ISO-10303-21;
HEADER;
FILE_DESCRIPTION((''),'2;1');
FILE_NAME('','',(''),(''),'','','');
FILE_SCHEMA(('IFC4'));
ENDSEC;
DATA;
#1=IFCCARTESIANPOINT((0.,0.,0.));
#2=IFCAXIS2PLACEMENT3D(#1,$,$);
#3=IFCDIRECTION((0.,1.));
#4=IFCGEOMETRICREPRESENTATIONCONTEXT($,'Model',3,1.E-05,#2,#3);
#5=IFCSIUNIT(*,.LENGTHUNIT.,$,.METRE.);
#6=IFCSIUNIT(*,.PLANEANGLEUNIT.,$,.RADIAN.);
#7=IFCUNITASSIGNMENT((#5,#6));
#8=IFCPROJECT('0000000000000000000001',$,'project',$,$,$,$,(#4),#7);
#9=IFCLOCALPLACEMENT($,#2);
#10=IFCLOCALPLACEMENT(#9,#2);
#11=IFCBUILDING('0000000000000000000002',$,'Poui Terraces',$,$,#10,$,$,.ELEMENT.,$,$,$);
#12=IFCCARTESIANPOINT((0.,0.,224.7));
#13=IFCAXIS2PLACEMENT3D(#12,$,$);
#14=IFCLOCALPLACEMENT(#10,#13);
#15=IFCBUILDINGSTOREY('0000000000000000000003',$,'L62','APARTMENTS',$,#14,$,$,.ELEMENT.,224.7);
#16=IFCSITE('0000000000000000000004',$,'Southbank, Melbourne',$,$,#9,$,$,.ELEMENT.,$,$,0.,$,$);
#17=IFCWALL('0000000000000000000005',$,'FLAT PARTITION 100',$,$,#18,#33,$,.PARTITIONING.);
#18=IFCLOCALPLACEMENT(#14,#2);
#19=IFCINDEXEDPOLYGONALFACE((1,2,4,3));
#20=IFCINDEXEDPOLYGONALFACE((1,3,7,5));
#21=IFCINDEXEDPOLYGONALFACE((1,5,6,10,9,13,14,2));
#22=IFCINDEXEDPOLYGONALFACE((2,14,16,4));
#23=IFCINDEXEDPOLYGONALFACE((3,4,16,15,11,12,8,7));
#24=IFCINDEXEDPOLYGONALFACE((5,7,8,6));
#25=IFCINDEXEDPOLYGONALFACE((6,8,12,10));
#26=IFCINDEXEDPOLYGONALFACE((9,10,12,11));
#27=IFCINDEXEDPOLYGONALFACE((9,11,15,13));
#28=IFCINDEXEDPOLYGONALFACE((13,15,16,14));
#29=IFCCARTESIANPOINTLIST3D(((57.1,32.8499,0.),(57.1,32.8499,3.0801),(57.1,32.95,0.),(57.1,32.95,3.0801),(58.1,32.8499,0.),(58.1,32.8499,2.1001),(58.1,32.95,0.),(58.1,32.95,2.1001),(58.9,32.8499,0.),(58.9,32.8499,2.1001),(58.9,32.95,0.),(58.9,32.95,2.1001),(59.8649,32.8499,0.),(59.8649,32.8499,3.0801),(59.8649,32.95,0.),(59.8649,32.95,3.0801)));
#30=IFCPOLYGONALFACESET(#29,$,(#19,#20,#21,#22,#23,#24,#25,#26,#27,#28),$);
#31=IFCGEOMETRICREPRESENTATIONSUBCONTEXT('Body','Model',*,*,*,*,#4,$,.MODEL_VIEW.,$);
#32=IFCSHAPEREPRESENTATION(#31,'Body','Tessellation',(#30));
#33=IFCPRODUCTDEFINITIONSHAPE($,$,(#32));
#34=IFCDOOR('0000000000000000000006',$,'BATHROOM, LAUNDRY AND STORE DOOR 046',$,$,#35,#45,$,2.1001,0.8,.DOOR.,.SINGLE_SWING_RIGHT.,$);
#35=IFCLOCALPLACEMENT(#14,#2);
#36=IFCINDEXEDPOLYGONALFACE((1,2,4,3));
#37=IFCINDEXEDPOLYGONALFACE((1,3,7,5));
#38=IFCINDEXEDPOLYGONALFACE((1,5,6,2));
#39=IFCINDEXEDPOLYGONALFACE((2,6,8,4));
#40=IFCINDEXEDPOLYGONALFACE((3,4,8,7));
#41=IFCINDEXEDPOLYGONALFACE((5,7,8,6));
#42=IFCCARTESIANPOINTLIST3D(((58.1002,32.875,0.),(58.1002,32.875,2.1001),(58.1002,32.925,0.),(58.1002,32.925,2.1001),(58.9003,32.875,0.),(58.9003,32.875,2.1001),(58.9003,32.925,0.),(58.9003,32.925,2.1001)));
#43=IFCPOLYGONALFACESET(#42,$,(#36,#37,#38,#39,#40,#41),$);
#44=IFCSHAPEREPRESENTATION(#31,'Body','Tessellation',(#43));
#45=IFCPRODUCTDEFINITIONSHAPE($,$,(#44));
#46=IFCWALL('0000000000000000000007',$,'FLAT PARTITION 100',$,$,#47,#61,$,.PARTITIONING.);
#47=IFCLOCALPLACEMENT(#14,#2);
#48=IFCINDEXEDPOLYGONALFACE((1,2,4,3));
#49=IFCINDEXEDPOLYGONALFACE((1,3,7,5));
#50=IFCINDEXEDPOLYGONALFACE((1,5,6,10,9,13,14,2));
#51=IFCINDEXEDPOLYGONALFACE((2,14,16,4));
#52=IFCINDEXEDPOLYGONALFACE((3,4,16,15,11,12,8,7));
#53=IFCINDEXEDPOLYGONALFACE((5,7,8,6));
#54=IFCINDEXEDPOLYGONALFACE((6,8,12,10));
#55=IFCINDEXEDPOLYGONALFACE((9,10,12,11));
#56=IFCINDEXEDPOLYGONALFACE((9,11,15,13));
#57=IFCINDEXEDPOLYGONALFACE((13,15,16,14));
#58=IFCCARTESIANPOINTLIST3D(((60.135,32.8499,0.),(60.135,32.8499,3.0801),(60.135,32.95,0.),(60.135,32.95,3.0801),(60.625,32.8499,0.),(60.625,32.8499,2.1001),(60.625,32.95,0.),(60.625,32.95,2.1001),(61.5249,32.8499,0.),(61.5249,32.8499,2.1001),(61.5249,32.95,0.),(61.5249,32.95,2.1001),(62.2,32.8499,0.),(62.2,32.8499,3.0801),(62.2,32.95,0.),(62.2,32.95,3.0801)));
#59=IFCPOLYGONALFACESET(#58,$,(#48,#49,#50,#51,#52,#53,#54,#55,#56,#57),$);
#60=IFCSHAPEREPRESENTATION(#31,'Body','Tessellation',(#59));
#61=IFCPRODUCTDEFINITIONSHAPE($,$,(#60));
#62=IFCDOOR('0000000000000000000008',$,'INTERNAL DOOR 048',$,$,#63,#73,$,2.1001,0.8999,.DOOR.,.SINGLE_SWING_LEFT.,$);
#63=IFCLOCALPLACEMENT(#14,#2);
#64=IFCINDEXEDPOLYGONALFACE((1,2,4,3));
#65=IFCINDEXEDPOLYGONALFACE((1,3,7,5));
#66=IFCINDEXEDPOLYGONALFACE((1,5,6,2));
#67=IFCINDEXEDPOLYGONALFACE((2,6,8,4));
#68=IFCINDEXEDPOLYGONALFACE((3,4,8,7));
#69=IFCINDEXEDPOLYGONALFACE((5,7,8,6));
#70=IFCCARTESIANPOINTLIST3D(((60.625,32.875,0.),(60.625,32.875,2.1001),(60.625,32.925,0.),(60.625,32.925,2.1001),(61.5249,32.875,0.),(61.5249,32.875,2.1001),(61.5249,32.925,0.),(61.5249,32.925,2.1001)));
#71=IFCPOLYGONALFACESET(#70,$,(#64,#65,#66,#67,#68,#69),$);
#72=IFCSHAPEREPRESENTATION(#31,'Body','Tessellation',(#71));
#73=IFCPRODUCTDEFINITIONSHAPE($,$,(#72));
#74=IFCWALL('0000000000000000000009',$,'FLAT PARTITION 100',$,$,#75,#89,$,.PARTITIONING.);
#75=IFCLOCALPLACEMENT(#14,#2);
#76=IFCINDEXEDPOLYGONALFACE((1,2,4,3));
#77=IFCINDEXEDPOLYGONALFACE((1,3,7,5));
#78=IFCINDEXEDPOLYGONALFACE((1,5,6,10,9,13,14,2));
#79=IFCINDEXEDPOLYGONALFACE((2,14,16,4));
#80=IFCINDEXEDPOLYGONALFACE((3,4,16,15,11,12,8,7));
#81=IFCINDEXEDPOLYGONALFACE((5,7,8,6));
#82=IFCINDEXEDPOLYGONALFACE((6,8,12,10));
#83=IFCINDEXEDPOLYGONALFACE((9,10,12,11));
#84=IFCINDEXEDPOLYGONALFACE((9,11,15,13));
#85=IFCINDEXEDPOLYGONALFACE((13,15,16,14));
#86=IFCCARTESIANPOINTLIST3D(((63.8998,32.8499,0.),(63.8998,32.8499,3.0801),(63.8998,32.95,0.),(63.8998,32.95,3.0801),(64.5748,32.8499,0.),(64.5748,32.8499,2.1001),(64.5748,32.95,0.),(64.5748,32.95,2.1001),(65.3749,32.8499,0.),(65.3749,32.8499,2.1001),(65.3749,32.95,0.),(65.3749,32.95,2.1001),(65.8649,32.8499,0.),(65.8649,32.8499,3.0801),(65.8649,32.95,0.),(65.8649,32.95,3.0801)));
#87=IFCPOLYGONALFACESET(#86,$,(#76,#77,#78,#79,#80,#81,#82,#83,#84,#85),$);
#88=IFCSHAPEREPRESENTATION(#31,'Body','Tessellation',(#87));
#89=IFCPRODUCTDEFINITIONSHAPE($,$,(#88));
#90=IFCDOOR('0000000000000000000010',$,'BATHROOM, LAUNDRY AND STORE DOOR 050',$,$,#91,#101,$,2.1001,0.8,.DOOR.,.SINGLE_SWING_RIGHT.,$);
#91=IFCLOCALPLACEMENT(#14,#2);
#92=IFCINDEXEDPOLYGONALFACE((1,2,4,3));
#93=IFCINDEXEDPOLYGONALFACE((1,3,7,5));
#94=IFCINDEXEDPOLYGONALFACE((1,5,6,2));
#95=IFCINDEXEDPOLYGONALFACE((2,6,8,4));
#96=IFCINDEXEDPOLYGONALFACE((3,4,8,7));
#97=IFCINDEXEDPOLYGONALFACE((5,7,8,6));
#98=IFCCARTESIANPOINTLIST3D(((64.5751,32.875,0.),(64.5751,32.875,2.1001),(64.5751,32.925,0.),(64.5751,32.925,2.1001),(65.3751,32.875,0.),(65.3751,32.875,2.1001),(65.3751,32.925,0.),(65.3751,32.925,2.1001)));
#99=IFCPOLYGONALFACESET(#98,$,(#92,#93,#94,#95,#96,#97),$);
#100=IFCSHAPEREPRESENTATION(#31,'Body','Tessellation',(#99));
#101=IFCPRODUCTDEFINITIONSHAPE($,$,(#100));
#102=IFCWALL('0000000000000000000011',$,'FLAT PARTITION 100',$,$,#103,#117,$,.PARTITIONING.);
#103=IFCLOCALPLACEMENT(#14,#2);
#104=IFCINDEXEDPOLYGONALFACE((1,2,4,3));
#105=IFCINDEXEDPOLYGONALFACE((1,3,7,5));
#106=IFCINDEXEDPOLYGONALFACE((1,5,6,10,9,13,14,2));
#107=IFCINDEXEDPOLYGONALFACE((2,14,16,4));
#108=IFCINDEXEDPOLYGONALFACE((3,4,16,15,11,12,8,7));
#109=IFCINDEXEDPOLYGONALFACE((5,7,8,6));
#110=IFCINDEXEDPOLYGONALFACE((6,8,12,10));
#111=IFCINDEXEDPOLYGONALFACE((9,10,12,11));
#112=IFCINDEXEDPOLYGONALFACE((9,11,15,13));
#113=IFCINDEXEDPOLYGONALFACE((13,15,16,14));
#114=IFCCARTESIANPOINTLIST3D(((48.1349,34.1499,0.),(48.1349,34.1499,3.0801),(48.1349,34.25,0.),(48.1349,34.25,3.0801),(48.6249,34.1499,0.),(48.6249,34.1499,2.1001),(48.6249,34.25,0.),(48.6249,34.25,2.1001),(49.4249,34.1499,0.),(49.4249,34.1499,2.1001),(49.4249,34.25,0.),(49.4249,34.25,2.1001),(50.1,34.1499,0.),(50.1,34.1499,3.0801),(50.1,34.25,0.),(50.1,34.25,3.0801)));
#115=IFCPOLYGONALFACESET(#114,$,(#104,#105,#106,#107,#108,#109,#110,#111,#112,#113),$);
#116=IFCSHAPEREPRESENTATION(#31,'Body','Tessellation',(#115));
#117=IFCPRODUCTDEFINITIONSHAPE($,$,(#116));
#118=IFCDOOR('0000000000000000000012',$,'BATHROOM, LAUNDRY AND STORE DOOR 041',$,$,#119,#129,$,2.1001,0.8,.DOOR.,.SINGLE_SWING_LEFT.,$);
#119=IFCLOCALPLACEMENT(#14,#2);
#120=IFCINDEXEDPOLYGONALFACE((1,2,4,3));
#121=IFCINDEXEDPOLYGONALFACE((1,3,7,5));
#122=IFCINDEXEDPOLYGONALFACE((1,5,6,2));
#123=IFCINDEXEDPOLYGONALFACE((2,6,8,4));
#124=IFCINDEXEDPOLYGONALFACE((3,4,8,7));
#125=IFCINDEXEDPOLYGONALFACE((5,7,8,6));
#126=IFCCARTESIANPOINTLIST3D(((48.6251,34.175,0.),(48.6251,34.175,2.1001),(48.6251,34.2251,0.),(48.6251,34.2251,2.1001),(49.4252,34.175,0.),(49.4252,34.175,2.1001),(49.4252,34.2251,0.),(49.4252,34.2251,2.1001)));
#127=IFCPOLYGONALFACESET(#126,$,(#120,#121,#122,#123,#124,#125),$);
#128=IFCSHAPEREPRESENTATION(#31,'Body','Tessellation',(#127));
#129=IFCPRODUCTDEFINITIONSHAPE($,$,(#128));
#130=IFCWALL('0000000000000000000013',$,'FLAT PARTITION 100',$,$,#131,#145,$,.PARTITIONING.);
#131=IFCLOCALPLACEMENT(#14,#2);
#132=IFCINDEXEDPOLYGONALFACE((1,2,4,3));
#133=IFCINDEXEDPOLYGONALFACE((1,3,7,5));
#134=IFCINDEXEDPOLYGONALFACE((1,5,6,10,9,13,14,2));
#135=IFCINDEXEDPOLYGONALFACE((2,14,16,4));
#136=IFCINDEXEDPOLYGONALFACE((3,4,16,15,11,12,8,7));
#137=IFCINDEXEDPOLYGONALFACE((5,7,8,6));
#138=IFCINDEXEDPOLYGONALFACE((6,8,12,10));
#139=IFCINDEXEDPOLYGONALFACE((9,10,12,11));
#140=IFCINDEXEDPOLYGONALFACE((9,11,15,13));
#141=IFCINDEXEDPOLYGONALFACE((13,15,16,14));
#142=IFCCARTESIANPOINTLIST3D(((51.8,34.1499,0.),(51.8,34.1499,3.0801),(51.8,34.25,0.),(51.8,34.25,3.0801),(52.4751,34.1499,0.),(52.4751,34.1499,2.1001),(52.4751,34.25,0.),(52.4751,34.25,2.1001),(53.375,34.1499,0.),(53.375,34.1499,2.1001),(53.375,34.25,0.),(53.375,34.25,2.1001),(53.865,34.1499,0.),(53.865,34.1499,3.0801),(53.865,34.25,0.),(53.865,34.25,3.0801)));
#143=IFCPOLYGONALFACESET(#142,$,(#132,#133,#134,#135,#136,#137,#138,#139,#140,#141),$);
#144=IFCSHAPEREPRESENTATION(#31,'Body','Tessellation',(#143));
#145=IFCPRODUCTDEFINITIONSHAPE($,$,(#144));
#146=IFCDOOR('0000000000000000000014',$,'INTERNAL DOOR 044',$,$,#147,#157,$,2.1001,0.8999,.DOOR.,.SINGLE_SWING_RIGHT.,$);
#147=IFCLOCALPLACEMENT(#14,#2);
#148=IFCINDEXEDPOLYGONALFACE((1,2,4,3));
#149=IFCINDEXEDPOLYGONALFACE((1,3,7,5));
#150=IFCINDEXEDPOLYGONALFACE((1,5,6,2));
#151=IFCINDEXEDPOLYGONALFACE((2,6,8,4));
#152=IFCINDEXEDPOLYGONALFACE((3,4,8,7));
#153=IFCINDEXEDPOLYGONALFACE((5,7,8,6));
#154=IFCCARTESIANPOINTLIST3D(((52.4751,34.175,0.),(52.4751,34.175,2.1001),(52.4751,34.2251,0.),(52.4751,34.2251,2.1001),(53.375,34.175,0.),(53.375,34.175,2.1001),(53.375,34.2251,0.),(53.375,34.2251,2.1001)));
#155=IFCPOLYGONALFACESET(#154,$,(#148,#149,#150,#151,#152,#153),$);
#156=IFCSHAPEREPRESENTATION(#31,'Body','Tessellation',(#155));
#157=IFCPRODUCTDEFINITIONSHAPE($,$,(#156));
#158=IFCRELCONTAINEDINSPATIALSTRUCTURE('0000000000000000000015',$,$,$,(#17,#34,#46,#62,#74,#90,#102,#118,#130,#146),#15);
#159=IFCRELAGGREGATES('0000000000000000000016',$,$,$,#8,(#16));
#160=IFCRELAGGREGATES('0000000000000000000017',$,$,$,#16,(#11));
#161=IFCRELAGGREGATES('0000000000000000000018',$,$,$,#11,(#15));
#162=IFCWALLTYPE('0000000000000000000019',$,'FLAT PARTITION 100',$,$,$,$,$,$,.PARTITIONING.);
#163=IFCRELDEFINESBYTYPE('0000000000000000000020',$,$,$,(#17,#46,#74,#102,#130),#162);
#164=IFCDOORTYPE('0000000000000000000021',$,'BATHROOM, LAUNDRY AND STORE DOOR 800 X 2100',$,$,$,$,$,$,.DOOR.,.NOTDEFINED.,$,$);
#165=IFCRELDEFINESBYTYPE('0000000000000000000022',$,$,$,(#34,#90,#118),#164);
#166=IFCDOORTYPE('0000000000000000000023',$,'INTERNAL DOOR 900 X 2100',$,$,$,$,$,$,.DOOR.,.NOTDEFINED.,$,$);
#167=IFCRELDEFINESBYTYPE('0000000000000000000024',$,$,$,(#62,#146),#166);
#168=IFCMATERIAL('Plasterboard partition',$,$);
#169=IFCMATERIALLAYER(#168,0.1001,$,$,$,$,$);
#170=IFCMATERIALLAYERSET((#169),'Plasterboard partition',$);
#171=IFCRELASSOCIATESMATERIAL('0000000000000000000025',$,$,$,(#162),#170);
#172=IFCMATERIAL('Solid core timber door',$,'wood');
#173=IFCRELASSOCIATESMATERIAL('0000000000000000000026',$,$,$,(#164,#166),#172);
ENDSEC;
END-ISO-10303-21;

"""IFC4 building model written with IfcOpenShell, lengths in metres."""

from ifc_helpers import new_model, si_unit, direction, frame, frame_2d, origin, place, context, subcontext, project, spatial, rectangle, extrude, material, layer, layer_set, type_object, element, fill, save


model = new_model("IFC4")

# Units and contexts
model_context = context("Model", 3, precision=1e-05, world=origin(), true_north=direction((0.0, 1.0)))
body_context = subcontext(model_context, "Body", "Model", "MODEL_VIEW")
ifc_project = project(units=[si_unit("LENGTHUNIT", "METRE"), si_unit("PLANEANGLEUNIT", "RADIAN")], contexts=[model_context])

# Site, building, storey
site_placement = place(None, origin())
site = spatial("IfcSite", under=ifc_project, at=site_placement, Name="Southbank, Melbourne", CompositionType="ELEMENT", RefElevation=0.0)
building_placement = place(site_placement, origin())
building = spatial("IfcBuilding", under=site, at=building_placement, Name="Poui Terraces", CompositionType="ELEMENT")
storey_placement = place(building_placement, frame((0.0, 0.0, 224.7)))
storey = spatial("IfcBuildingStorey", under=building, at=storey_placement, Name="L62", Description="APARTMENTS", CompositionType="ELEMENT", Elevation=224.7)

# Walls, openings, doors
ifc_material_1 = material(Name="Plasterboard partition")
ifc_layer_1 = layer(ifc_material_1, 0.1001)
ifc_layer_set_1 = layer_set([ifc_layer_1], Name="Plasterboard partition")
wall_type_1 = type_object("IfcWallType", Name="FLAT PARTITION 100", PredefinedType="PARTITIONING", material=ifc_layer_set_1)
wall_1_placement = place(storey_placement, frame((57.1001, 32.8999, 0.0), z_axis=(0.0, 0.0, 1.0), x_axis=(1.0, 0.0, 0.0)))
wall_1 = element("IfcWall", 1, at=wall_1_placement, inside=storey, type_object=wall_type_1, Name="FLAT PARTITION 100", PredefinedType="PARTITIONING", context=body_context, shape_type="SweptSolid", body=[
    extrude(rectangle(XDim=2.7649, YDim=0.1001, at=frame_2d((1.3823, 0.0))), origin(), (0.0, 0.0, 1.0), 3.0801),
])
opening_1_placement = place(wall_1_placement, frame((1.0, 0.0, 0.0)))
opening_1 = element("IfcOpeningElement", 2, at=opening_1_placement, cuts=wall_1, PredefinedType="OPENING", context=body_context, shape_type="SweptSolid", body=[
    extrude(rectangle(XDim=0.8, YDim=2.1001, at=frame_2d((0.3999, 1.05))), frame((0.0, 0.0601, 0.0), z_axis=(0.0, -1.0, 0.0), x_axis=(1.0, 0.0, 0.0)), (0.0, 0.0, 1.0), 0.1201),
])
ifc_material_2 = material(Name="Solid core timber door", Category="wood")
door_type_1 = type_object("IfcDoorType", Name="BATHROOM, LAUNDRY AND STORE DOOR 800 X 2100", OperationType="NOTDEFINED", PredefinedType="DOOR", material=ifc_material_2)
door_1_placement = place(opening_1_placement, frame((0.8, 0.0, 0.0), z_axis=(0.0, 0.0, 1.0), x_axis=(-1.0, 0.0, 0.0)))
door_1 = element("IfcDoor", 3, at=door_1_placement, inside=storey, type_object=door_type_1, Name="BATHROOM, LAUNDRY AND STORE DOOR 046", OperationType="SINGLE_SWING_RIGHT", OverallHeight=2.1001, OverallWidth=0.8, PredefinedType="DOOR", context=body_context, shape_type="SweptSolid", body=[
    extrude(rectangle(XDim=0.8, YDim=2.1001, at=frame_2d((0.3999, 1.05))), frame((0.0, 0.0249, 0.0), z_axis=(0.0, -1.0, 0.0), x_axis=(1.0, 0.0, 0.0)), (0.0, 0.0, 1.0), 0.05),
])
fill(opening_1, door_1)
wall_2_placement = place(storey_placement, frame((60.135, 32.8999, 0.0), z_axis=(0.0, 0.0, 1.0), x_axis=(1.0, 0.0, 0.0)))
wall_2 = element("IfcWall", 4, at=wall_2_placement, inside=storey, type_object=wall_type_1, Name="FLAT PARTITION 100", PredefinedType="PARTITIONING", context=body_context, shape_type="SweptSolid", body=[
    extrude(rectangle(XDim=2.0649, YDim=0.1001, at=frame_2d((1.0325, 0.0))), origin(), (0.0, 0.0, 1.0), 3.0801),
])
opening_2_placement = place(wall_2_placement, frame((0.49, 0.0, 0.0)))
opening_2 = element("IfcOpeningElement", 5, at=opening_2_placement, cuts=wall_2, PredefinedType="OPENING", context=body_context, shape_type="SweptSolid", body=[
    extrude(rectangle(XDim=0.8999, YDim=2.1001, at=frame_2d((0.45, 1.05))), frame((0.0, 0.0601, 0.0), z_axis=(0.0, -1.0, 0.0), x_axis=(1.0, 0.0, 0.0)), (0.0, 0.0, 1.0), 0.1201),
])
door_type_2 = type_object("IfcDoorType", Name="INTERNAL DOOR 900 X 2100", OperationType="NOTDEFINED", PredefinedType="DOOR", material=ifc_material_2)
door_2_placement = place(opening_2_placement, frame((0.8999, 0.0, 0.0), z_axis=(0.0, 0.0, 1.0), x_axis=(-1.0, 0.0, 0.0)))
door_2 = element("IfcDoor", 6, at=door_2_placement, inside=storey, type_object=door_type_2, Name="INTERNAL DOOR 048", OperationType="SINGLE_SWING_LEFT", OverallHeight=2.1001, OverallWidth=0.8999, PredefinedType="DOOR", context=body_context, shape_type="SweptSolid", body=[
    extrude(rectangle(XDim=0.8999, YDim=2.1001, at=frame_2d((0.45, 1.05))), frame((0.0, 0.0249, 0.0), z_axis=(0.0, -1.0, 0.0), x_axis=(1.0, 0.0, 0.0)), (0.0, 0.0, 1.0), 0.05),
])
fill(opening_2, door_2)
wall_3_placement = place(storey_placement, frame((63.8999, 32.8999, 0.0), z_axis=(0.0, 0.0, 1.0), x_axis=(1.0, 0.0, 0.0)))
wall_3 = element("IfcWall", 7, at=wall_3_placement, inside=storey, type_object=wall_type_1, Name="FLAT PARTITION 100", PredefinedType="PARTITIONING", context=body_context, shape_type="SweptSolid", body=[
    extrude(rectangle(XDim=1.9651, YDim=0.1001, at=frame_2d((0.9824, 0.0))), origin(), (0.0, 0.0, 1.0), 3.0801),
])
opening_3_placement = place(wall_3_placement, frame((0.675, 0.0, 0.0)))
opening_3 = element("IfcOpeningElement", 8, at=opening_3_placement, cuts=wall_3, PredefinedType="OPENING", context=body_context, shape_type="SweptSolid", body=[
    extrude(rectangle(XDim=0.8, YDim=2.1001, at=frame_2d((0.3999, 1.05))), frame((0.0, 0.0601, 0.0), z_axis=(0.0, -1.0, 0.0), x_axis=(1.0, 0.0, 0.0)), (0.0, 0.0, 1.0), 0.1201),
])
door_3_placement = place(opening_3_placement, frame((0.8, 0.0, 0.0), z_axis=(0.0, 0.0, 1.0), x_axis=(-1.0, 0.0, 0.0)))
door_3 = element("IfcDoor", 9, at=door_3_placement, inside=storey, type_object=door_type_1, Name="BATHROOM, LAUNDRY AND STORE DOOR 050", OperationType="SINGLE_SWING_RIGHT", OverallHeight=2.1001, OverallWidth=0.8, PredefinedType="DOOR", context=body_context, shape_type="SweptSolid", body=[
    extrude(rectangle(XDim=0.8, YDim=2.1001, at=frame_2d((0.3999, 1.05))), frame((0.0, 0.0249, 0.0), z_axis=(0.0, -1.0, 0.0), x_axis=(1.0, 0.0, 0.0)), (0.0, 0.0, 1.0), 0.05),
])
fill(opening_3, door_3)
wall_4_placement = place(storey_placement, frame((48.135, 34.2, 0.0), z_axis=(0.0, 0.0, 1.0), x_axis=(1.0, 0.0, 0.0)))
wall_4 = element("IfcWall", 10, at=wall_4_placement, inside=storey, type_object=wall_type_1, Name="FLAT PARTITION 100", PredefinedType="PARTITIONING", context=body_context, shape_type="SweptSolid", body=[
    extrude(rectangle(XDim=1.9651, YDim=0.1001, at=frame_2d((0.9824, 0.0))), origin(), (0.0, 0.0, 1.0), 3.0801),
])
opening_4_placement = place(wall_4_placement, frame((0.49, 0.0, 0.0)))
opening_4 = element("IfcOpeningElement", 11, at=opening_4_placement, cuts=wall_4, PredefinedType="OPENING", context=body_context, shape_type="SweptSolid", body=[
    extrude(rectangle(XDim=0.8, YDim=2.1001, at=frame_2d((0.3999, 1.05))), frame((0.0, 0.0601, 0.0), z_axis=(0.0, -1.0, 0.0), x_axis=(1.0, 0.0, 0.0)), (0.0, 0.0, 1.0), 0.1201),
])
door_4_placement = place(opening_4_placement, frame((0.8, 0.0, 0.0), z_axis=(0.0, 0.0, 1.0), x_axis=(-1.0, 0.0, 0.0)))
door_4 = element("IfcDoor", 12, at=door_4_placement, inside=storey, type_object=door_type_1, Name="BATHROOM, LAUNDRY AND STORE DOOR 041", OperationType="SINGLE_SWING_LEFT", OverallHeight=2.1001, OverallWidth=0.8, PredefinedType="DOOR", context=body_context, shape_type="SweptSolid", body=[
    extrude(rectangle(XDim=0.8, YDim=2.1001, at=frame_2d((0.3999, 1.05))), frame((0.0, 0.0249, 0.0), z_axis=(0.0, -1.0, 0.0), x_axis=(1.0, 0.0, 0.0)), (0.0, 0.0, 1.0), 0.05),
])
fill(opening_4, door_4)
wall_5_placement = place(storey_placement, frame((51.8, 34.2, 0.0), z_axis=(0.0, 0.0, 1.0), x_axis=(1.0, 0.0, 0.0)))
wall_5 = element("IfcWall", 13, at=wall_5_placement, inside=storey, type_object=wall_type_1, Name="FLAT PARTITION 100", PredefinedType="PARTITIONING", context=body_context, shape_type="SweptSolid", body=[
    extrude(rectangle(XDim=2.0649, YDim=0.1001, at=frame_2d((1.0325, 0.0))), origin(), (0.0, 0.0, 1.0), 3.0801),
])
opening_5_placement = place(wall_5_placement, frame((0.675, 0.0, 0.0)))
opening_5 = element("IfcOpeningElement", 14, at=opening_5_placement, cuts=wall_5, PredefinedType="OPENING", context=body_context, shape_type="SweptSolid", body=[
    extrude(rectangle(XDim=0.8999, YDim=2.1001, at=frame_2d((0.45, 1.05))), frame((0.0, 0.0601, 0.0), z_axis=(0.0, -1.0, 0.0), x_axis=(1.0, 0.0, 0.0)), (0.0, 0.0, 1.0), 0.1201),
])
door_5_placement = place(opening_5_placement, frame((0.8999, 0.0, 0.0), z_axis=(0.0, 0.0, 1.0), x_axis=(-1.0, 0.0, 0.0)))
door_5 = element("IfcDoor", 15, at=door_5_placement, inside=storey, type_object=door_type_2, Name="INTERNAL DOOR 044", OperationType="SINGLE_SWING_RIGHT", OverallHeight=2.1001, OverallWidth=0.8999, PredefinedType="DOOR", context=body_context, shape_type="SweptSolid", body=[
    extrude(rectangle(XDim=0.8999, YDim=2.1001, at=frame_2d((0.45, 1.05))), frame((0.0, 0.0249, 0.0), z_axis=(0.0, -1.0, 0.0), x_axis=(1.0, 0.0, 0.0)), (0.0, 0.0, 1.0), 0.05),
])
fill(opening_5, door_5)

save(model, "model.ifc")
